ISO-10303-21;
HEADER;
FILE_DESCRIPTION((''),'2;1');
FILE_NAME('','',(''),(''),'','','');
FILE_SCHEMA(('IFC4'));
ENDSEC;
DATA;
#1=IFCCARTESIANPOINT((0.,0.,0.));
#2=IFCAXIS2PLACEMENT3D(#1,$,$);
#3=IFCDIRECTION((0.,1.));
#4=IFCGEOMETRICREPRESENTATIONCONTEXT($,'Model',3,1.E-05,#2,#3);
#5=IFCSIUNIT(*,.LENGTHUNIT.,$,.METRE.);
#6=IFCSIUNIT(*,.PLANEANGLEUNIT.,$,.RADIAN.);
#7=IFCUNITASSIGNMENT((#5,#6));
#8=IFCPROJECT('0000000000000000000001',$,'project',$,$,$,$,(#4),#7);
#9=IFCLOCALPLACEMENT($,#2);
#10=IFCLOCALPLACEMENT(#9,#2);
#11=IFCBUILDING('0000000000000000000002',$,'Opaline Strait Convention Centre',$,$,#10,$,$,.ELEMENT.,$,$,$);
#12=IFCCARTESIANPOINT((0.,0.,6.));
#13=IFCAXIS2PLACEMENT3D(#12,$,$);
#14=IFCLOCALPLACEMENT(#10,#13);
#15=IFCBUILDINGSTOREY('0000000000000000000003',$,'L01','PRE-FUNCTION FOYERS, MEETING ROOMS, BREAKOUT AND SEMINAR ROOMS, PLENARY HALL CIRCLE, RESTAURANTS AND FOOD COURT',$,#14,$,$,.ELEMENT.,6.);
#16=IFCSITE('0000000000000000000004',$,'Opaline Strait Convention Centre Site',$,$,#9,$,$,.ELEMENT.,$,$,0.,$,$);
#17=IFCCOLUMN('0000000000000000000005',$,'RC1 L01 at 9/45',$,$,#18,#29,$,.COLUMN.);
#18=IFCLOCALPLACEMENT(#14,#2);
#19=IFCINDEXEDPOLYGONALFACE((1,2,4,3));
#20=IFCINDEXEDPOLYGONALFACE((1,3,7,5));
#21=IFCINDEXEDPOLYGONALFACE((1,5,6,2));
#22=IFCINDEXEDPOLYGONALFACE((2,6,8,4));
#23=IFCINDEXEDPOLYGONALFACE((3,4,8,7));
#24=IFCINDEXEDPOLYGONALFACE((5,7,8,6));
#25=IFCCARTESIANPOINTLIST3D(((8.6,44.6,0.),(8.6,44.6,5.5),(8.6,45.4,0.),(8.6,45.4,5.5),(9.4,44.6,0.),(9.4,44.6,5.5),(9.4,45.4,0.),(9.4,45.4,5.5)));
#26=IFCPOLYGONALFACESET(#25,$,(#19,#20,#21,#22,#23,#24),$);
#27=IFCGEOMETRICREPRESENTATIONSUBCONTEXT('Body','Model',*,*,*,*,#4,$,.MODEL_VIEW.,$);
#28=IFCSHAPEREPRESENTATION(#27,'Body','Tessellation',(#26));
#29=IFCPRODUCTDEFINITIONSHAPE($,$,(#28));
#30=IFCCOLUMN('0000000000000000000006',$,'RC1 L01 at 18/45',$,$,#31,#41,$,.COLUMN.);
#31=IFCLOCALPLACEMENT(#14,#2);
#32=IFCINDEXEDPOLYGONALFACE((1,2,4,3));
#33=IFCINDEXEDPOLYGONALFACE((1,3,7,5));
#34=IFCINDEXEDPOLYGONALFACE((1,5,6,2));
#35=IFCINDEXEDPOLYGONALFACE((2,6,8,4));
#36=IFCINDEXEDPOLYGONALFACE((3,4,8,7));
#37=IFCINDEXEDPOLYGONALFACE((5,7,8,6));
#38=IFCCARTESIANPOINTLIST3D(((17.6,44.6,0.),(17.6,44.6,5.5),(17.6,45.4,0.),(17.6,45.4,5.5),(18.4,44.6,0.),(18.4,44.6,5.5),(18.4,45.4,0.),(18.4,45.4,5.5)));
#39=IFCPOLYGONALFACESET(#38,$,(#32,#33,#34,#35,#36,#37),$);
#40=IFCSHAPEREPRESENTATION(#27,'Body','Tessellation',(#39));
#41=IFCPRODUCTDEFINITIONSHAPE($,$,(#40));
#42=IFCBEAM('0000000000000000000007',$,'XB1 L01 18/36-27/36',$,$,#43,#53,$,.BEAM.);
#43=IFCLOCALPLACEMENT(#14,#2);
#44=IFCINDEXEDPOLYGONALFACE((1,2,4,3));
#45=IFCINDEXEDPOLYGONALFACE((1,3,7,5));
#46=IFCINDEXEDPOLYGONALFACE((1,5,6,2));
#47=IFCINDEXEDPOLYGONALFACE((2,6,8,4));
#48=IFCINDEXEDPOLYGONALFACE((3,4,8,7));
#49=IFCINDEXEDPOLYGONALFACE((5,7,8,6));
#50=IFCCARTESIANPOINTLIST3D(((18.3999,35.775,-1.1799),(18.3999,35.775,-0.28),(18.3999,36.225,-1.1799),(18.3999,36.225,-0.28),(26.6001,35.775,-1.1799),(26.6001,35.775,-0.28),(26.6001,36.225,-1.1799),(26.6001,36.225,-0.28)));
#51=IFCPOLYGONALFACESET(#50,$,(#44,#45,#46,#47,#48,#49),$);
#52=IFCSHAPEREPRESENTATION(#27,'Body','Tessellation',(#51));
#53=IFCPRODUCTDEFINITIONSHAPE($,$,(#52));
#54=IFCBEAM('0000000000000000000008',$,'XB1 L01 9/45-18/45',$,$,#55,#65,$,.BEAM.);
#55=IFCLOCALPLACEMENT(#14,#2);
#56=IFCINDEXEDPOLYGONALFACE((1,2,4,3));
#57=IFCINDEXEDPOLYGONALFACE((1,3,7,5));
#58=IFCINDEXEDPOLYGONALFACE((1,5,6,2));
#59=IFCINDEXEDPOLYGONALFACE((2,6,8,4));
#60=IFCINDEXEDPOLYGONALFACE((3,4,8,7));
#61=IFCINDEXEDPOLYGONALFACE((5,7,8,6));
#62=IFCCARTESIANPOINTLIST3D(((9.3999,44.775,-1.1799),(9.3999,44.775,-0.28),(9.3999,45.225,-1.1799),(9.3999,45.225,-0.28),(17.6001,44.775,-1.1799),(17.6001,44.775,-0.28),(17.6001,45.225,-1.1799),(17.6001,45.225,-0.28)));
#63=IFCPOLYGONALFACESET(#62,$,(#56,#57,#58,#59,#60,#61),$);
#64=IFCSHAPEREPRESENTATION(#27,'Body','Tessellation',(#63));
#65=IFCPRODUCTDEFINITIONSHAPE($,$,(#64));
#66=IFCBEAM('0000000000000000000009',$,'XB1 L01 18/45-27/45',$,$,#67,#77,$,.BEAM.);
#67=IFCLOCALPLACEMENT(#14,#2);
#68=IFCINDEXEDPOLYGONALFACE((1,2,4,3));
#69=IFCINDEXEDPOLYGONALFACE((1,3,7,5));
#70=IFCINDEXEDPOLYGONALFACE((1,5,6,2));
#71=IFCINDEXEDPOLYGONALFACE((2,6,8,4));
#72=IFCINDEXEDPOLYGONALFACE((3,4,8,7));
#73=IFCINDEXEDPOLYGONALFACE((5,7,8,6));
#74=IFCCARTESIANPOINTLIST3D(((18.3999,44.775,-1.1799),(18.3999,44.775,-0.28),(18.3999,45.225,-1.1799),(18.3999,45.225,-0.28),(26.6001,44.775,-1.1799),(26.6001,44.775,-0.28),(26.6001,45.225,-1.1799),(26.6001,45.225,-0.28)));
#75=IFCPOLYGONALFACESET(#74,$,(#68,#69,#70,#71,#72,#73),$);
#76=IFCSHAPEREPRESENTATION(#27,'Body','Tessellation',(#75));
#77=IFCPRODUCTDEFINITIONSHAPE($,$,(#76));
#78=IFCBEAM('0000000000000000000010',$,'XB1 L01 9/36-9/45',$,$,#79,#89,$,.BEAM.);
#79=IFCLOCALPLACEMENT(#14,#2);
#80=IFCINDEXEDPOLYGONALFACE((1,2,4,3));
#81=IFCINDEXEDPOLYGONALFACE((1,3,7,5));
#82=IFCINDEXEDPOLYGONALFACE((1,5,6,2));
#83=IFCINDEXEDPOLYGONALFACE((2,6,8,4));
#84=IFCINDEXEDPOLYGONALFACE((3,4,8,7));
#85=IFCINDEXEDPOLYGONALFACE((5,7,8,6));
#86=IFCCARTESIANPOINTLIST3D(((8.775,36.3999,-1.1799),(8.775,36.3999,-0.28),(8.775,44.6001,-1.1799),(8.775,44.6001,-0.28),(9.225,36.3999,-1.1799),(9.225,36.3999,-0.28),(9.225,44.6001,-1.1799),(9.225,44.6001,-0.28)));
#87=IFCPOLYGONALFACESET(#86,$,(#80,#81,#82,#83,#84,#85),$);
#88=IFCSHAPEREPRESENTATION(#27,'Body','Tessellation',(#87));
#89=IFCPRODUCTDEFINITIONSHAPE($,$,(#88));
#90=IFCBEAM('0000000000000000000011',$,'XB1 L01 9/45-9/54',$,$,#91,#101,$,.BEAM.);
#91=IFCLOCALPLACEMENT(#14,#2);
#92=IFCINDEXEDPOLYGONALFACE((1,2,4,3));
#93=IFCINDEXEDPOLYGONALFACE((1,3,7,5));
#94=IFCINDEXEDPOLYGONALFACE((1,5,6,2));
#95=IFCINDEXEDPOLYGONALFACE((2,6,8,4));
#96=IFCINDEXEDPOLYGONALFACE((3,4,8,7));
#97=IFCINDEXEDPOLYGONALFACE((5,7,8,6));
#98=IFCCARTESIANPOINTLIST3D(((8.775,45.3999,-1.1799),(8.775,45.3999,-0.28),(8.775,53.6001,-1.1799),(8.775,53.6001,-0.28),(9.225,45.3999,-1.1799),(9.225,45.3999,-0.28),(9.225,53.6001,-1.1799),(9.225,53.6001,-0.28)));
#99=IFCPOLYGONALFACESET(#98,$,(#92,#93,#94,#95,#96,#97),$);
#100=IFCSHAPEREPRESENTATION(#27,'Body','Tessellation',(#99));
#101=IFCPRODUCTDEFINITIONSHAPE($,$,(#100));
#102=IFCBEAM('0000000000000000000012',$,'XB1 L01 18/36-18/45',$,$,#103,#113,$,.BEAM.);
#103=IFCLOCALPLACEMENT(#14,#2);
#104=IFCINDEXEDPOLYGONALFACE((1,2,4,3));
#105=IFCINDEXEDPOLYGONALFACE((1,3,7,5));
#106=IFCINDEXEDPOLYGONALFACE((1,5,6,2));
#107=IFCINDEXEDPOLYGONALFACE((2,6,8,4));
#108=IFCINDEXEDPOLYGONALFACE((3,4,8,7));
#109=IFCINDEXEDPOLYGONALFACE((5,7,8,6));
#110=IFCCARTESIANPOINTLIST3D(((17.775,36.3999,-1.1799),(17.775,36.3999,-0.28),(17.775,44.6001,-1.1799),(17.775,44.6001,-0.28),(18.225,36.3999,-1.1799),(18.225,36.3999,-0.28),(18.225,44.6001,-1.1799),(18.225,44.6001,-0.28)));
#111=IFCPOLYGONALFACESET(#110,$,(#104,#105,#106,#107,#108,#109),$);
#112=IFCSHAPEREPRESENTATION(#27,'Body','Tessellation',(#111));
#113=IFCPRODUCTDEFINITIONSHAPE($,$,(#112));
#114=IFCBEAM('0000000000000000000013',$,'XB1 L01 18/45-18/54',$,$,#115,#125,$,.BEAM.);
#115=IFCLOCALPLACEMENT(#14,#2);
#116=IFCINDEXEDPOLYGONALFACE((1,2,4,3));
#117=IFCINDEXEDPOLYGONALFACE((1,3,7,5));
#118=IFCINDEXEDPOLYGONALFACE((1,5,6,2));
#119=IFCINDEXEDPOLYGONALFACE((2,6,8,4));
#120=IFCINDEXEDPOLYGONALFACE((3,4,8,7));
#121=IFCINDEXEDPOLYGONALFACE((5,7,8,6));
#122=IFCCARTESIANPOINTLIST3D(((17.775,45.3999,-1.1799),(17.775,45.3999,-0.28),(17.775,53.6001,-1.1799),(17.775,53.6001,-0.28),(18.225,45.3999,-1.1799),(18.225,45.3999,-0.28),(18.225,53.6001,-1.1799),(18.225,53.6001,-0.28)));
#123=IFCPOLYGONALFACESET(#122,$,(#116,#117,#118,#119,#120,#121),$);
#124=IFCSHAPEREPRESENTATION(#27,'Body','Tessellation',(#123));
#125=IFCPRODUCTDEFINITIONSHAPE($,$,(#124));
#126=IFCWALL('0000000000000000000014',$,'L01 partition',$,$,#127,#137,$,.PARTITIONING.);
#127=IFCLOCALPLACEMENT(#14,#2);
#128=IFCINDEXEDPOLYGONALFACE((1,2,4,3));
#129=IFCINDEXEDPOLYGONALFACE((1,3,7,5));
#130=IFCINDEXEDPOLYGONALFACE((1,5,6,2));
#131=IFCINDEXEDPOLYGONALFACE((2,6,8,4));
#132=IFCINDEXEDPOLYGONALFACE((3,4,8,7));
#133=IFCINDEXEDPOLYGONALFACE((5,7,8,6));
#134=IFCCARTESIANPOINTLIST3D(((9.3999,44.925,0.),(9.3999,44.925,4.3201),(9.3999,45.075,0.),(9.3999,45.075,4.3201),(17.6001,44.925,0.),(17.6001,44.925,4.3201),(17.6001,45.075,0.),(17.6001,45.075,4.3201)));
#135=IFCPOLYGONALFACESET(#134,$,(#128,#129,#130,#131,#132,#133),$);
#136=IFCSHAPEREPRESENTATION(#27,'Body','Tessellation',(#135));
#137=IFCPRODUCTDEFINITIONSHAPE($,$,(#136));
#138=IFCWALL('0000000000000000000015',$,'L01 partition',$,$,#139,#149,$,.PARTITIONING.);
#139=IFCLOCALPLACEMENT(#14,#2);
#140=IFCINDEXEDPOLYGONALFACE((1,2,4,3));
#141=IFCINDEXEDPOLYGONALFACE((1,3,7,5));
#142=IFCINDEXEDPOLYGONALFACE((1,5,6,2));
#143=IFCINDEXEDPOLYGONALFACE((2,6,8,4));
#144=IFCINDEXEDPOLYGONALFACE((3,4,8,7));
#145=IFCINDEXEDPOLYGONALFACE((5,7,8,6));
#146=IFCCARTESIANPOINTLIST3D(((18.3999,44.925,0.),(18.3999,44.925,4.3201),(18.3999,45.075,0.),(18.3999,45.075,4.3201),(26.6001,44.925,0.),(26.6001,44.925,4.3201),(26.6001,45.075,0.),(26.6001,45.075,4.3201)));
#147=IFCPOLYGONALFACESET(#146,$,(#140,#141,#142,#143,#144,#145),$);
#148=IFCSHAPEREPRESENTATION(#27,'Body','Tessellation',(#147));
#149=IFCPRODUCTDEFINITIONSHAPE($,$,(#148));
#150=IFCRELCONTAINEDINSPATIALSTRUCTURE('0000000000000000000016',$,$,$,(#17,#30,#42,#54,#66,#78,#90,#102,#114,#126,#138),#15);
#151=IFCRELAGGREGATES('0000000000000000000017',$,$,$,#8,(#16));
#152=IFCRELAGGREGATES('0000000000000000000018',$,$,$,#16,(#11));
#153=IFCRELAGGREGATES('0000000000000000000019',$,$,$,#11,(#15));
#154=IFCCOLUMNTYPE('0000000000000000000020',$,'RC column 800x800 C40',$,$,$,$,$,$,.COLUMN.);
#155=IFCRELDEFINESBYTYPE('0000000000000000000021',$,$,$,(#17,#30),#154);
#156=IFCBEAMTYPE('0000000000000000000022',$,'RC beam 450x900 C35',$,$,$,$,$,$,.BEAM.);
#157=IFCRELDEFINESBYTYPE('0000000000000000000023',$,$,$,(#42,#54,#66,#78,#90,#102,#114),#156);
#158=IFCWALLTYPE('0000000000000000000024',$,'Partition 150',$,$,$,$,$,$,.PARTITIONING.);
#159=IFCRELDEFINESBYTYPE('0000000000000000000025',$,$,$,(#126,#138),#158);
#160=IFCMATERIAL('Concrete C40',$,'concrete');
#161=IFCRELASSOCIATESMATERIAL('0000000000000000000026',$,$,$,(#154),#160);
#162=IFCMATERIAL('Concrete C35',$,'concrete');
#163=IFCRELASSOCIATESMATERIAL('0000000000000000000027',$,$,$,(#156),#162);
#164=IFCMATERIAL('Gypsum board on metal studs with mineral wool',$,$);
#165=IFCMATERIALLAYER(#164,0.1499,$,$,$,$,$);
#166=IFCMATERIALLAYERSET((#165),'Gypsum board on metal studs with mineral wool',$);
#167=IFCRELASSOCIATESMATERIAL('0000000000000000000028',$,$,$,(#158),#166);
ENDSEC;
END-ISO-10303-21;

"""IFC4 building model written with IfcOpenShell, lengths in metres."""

from ifc_helpers import new_model, si_unit, direction, frame, frame_2d, origin, origin_2d, place, context, subcontext, project, spatial, rectangle, extrude, material, layer, layer_set, material_profile, profile_set, type_object, element, save


model = new_model("IFC4")

# Units and contexts
model_context = context("Model", 3, precision=1e-05, world=origin(), true_north=direction((0.0, 1.0)))
body_context = subcontext(model_context, "Body", "Model", "MODEL_VIEW")
ifc_project = project(units=[si_unit("LENGTHUNIT", "METRE"), si_unit("PLANEANGLEUNIT", "RADIAN")], contexts=[model_context])

# Site, building, storey
site_placement = place(None, origin())
site = spatial("IfcSite", under=ifc_project, at=site_placement, Name="Opaline Strait Convention Centre Site", CompositionType="ELEMENT", RefElevation=0.0)
building_placement = place(site_placement, origin())
building = spatial("IfcBuilding", under=site, at=building_placement, Name="Opaline Strait Convention Centre", CompositionType="ELEMENT")
storey_placement = place(building_placement, frame((0.0, 0.0, 6.0)))
storey = spatial("IfcBuildingStorey", under=building, at=storey_placement, Name="L01", Description="PRE-FUNCTION FOYERS, MEETING ROOMS, BREAKOUT AND SEMINAR ROOMS, PLENARY HALL CIRCLE, RESTAURANTS AND FOOD COURT", CompositionType="ELEMENT", Elevation=6.0)

# Columns
ifc_material_1 = material(Name="Concrete C40", Category="concrete")
ifc_material_profile_1 = material_profile(ifc_material_1, rectangle(XDim=0.8, YDim=0.8, at=origin_2d()), Name="RC 800x800")
ifc_profile_set_1 = profile_set([ifc_material_profile_1], Name="Concrete C40")
column_type = type_object("IfcColumnType", Name="RC column 800x800 C40", PredefinedType="COLUMN", material=ifc_profile_set_1)
for number, where, z_axis, x_axis, name in (
    (1, (9.0, 45.0, 0.0), (0.0, 0.0, 1.0), (1.0, 0.0, 0.0), "RC1 L01 at 9/45"),
    (2, (18.0, 45.0, 0.0), (0.0, 0.0, 1.0), (1.0, 0.0, 0.0), "RC1 L01 at 18/45"),
):
    element("IfcColumn", number, at=place(storey_placement, frame(where, z_axis=z_axis, x_axis=x_axis)), inside=storey, type_object=column_type, Name=name, PredefinedType="COLUMN", context=body_context, shape_type="SweptSolid", body=[
        extrude(rectangle(XDim=0.8, YDim=0.8, at=origin_2d()), origin(), (0.0, 0.0, 1.0), 5.5),
    ])

# Beams
ifc_material_2 = material(Name="Concrete C35", Category="concrete")
ifc_material_profile_2 = material_profile(ifc_material_2, rectangle(XDim=0.45, YDim=0.8999, at=origin_2d()), Name="RC 450x900")
ifc_profile_set_2 = profile_set([ifc_material_profile_2], Name="Concrete C35")
beam_type = type_object("IfcBeamType", Name="RC beam 450x900 C35", PredefinedType="BEAM", material=ifc_profile_set_2)
for number, where, z_axis, x_axis, name in (
    (3, (18.3999, 36.0, -0.73), (1.0, 0.0, 0.0), (0.0, 1.0, 0.0), "XB1 L01 18/36-27/36"),
    (4, (9.3999, 45.0, -0.73), (1.0, 0.0, 0.0), (0.0, 1.0, 0.0), "XB1 L01 9/45-18/45"),
    (5, (18.3999, 45.0, -0.73), (1.0, 0.0, 0.0), (0.0, 1.0, 0.0), "XB1 L01 18/45-27/45"),
    (6, (9.0, 36.3999, -0.73), (0.0, 1.0, 0.0), (-1.0, 0.0, 0.0), "XB1 L01 9/36-9/45"),
    (7, (9.0, 45.3999, -0.73), (0.0, 1.0, 0.0), (-1.0, 0.0, 0.0), "XB1 L01 9/45-9/54"),
    (8, (18.0, 36.3999, -0.73), (0.0, 1.0, 0.0), (-1.0, 0.0, 0.0), "XB1 L01 18/36-18/45"),
    (9, (18.0, 45.3999, -0.73), (0.0, 1.0, 0.0), (-1.0, 0.0, 0.0), "XB1 L01 18/45-18/54"),
):
    element("IfcBeam", number, at=place(storey_placement, frame(where, z_axis=z_axis, x_axis=x_axis)), inside=storey, type_object=beam_type, Name=name, PredefinedType="BEAM", context=body_context, shape_type="SweptSolid", body=[
        extrude(rectangle(XDim=0.45, YDim=0.8999, at=origin_2d()), origin(), (0.0, 0.0, 1.0), 8.2002),
    ])

# Walls
ifc_material_3 = material(Name="Gypsum board on metal studs with mineral wool")
ifc_layer_1 = layer(ifc_material_3, 0.1499)
ifc_layer_set_1 = layer_set([ifc_layer_1], Name="Gypsum board on metal studs with mineral wool")
wall_type_1 = type_object("IfcWallType", Name="Partition 150", PredefinedType="PARTITIONING", material=ifc_layer_set_1)
for number, where, z_axis, x_axis, name in (
    (10, (9.3999, 45.0, 0.0), (0.0, 0.0, 1.0), (1.0, 0.0, 0.0), "L01 partition"),
    (11, (18.3999, 45.0, 0.0), (0.0, 0.0, 1.0), (1.0, 0.0, 0.0), "L01 partition"),
):
    element("IfcWall", number, at=place(storey_placement, frame(where, z_axis=z_axis, x_axis=x_axis)), inside=storey, type_object=wall_type_1, Name=name, PredefinedType="PARTITIONING", context=body_context, shape_type="SweptSolid", body=[
        extrude(rectangle(XDim=8.2002, YDim=0.1499, at=frame_2d((4.1001, 0.0))), origin(), (0.0, 0.0, 1.0), 4.3201),
    ])

save(model, "model.ifc")
